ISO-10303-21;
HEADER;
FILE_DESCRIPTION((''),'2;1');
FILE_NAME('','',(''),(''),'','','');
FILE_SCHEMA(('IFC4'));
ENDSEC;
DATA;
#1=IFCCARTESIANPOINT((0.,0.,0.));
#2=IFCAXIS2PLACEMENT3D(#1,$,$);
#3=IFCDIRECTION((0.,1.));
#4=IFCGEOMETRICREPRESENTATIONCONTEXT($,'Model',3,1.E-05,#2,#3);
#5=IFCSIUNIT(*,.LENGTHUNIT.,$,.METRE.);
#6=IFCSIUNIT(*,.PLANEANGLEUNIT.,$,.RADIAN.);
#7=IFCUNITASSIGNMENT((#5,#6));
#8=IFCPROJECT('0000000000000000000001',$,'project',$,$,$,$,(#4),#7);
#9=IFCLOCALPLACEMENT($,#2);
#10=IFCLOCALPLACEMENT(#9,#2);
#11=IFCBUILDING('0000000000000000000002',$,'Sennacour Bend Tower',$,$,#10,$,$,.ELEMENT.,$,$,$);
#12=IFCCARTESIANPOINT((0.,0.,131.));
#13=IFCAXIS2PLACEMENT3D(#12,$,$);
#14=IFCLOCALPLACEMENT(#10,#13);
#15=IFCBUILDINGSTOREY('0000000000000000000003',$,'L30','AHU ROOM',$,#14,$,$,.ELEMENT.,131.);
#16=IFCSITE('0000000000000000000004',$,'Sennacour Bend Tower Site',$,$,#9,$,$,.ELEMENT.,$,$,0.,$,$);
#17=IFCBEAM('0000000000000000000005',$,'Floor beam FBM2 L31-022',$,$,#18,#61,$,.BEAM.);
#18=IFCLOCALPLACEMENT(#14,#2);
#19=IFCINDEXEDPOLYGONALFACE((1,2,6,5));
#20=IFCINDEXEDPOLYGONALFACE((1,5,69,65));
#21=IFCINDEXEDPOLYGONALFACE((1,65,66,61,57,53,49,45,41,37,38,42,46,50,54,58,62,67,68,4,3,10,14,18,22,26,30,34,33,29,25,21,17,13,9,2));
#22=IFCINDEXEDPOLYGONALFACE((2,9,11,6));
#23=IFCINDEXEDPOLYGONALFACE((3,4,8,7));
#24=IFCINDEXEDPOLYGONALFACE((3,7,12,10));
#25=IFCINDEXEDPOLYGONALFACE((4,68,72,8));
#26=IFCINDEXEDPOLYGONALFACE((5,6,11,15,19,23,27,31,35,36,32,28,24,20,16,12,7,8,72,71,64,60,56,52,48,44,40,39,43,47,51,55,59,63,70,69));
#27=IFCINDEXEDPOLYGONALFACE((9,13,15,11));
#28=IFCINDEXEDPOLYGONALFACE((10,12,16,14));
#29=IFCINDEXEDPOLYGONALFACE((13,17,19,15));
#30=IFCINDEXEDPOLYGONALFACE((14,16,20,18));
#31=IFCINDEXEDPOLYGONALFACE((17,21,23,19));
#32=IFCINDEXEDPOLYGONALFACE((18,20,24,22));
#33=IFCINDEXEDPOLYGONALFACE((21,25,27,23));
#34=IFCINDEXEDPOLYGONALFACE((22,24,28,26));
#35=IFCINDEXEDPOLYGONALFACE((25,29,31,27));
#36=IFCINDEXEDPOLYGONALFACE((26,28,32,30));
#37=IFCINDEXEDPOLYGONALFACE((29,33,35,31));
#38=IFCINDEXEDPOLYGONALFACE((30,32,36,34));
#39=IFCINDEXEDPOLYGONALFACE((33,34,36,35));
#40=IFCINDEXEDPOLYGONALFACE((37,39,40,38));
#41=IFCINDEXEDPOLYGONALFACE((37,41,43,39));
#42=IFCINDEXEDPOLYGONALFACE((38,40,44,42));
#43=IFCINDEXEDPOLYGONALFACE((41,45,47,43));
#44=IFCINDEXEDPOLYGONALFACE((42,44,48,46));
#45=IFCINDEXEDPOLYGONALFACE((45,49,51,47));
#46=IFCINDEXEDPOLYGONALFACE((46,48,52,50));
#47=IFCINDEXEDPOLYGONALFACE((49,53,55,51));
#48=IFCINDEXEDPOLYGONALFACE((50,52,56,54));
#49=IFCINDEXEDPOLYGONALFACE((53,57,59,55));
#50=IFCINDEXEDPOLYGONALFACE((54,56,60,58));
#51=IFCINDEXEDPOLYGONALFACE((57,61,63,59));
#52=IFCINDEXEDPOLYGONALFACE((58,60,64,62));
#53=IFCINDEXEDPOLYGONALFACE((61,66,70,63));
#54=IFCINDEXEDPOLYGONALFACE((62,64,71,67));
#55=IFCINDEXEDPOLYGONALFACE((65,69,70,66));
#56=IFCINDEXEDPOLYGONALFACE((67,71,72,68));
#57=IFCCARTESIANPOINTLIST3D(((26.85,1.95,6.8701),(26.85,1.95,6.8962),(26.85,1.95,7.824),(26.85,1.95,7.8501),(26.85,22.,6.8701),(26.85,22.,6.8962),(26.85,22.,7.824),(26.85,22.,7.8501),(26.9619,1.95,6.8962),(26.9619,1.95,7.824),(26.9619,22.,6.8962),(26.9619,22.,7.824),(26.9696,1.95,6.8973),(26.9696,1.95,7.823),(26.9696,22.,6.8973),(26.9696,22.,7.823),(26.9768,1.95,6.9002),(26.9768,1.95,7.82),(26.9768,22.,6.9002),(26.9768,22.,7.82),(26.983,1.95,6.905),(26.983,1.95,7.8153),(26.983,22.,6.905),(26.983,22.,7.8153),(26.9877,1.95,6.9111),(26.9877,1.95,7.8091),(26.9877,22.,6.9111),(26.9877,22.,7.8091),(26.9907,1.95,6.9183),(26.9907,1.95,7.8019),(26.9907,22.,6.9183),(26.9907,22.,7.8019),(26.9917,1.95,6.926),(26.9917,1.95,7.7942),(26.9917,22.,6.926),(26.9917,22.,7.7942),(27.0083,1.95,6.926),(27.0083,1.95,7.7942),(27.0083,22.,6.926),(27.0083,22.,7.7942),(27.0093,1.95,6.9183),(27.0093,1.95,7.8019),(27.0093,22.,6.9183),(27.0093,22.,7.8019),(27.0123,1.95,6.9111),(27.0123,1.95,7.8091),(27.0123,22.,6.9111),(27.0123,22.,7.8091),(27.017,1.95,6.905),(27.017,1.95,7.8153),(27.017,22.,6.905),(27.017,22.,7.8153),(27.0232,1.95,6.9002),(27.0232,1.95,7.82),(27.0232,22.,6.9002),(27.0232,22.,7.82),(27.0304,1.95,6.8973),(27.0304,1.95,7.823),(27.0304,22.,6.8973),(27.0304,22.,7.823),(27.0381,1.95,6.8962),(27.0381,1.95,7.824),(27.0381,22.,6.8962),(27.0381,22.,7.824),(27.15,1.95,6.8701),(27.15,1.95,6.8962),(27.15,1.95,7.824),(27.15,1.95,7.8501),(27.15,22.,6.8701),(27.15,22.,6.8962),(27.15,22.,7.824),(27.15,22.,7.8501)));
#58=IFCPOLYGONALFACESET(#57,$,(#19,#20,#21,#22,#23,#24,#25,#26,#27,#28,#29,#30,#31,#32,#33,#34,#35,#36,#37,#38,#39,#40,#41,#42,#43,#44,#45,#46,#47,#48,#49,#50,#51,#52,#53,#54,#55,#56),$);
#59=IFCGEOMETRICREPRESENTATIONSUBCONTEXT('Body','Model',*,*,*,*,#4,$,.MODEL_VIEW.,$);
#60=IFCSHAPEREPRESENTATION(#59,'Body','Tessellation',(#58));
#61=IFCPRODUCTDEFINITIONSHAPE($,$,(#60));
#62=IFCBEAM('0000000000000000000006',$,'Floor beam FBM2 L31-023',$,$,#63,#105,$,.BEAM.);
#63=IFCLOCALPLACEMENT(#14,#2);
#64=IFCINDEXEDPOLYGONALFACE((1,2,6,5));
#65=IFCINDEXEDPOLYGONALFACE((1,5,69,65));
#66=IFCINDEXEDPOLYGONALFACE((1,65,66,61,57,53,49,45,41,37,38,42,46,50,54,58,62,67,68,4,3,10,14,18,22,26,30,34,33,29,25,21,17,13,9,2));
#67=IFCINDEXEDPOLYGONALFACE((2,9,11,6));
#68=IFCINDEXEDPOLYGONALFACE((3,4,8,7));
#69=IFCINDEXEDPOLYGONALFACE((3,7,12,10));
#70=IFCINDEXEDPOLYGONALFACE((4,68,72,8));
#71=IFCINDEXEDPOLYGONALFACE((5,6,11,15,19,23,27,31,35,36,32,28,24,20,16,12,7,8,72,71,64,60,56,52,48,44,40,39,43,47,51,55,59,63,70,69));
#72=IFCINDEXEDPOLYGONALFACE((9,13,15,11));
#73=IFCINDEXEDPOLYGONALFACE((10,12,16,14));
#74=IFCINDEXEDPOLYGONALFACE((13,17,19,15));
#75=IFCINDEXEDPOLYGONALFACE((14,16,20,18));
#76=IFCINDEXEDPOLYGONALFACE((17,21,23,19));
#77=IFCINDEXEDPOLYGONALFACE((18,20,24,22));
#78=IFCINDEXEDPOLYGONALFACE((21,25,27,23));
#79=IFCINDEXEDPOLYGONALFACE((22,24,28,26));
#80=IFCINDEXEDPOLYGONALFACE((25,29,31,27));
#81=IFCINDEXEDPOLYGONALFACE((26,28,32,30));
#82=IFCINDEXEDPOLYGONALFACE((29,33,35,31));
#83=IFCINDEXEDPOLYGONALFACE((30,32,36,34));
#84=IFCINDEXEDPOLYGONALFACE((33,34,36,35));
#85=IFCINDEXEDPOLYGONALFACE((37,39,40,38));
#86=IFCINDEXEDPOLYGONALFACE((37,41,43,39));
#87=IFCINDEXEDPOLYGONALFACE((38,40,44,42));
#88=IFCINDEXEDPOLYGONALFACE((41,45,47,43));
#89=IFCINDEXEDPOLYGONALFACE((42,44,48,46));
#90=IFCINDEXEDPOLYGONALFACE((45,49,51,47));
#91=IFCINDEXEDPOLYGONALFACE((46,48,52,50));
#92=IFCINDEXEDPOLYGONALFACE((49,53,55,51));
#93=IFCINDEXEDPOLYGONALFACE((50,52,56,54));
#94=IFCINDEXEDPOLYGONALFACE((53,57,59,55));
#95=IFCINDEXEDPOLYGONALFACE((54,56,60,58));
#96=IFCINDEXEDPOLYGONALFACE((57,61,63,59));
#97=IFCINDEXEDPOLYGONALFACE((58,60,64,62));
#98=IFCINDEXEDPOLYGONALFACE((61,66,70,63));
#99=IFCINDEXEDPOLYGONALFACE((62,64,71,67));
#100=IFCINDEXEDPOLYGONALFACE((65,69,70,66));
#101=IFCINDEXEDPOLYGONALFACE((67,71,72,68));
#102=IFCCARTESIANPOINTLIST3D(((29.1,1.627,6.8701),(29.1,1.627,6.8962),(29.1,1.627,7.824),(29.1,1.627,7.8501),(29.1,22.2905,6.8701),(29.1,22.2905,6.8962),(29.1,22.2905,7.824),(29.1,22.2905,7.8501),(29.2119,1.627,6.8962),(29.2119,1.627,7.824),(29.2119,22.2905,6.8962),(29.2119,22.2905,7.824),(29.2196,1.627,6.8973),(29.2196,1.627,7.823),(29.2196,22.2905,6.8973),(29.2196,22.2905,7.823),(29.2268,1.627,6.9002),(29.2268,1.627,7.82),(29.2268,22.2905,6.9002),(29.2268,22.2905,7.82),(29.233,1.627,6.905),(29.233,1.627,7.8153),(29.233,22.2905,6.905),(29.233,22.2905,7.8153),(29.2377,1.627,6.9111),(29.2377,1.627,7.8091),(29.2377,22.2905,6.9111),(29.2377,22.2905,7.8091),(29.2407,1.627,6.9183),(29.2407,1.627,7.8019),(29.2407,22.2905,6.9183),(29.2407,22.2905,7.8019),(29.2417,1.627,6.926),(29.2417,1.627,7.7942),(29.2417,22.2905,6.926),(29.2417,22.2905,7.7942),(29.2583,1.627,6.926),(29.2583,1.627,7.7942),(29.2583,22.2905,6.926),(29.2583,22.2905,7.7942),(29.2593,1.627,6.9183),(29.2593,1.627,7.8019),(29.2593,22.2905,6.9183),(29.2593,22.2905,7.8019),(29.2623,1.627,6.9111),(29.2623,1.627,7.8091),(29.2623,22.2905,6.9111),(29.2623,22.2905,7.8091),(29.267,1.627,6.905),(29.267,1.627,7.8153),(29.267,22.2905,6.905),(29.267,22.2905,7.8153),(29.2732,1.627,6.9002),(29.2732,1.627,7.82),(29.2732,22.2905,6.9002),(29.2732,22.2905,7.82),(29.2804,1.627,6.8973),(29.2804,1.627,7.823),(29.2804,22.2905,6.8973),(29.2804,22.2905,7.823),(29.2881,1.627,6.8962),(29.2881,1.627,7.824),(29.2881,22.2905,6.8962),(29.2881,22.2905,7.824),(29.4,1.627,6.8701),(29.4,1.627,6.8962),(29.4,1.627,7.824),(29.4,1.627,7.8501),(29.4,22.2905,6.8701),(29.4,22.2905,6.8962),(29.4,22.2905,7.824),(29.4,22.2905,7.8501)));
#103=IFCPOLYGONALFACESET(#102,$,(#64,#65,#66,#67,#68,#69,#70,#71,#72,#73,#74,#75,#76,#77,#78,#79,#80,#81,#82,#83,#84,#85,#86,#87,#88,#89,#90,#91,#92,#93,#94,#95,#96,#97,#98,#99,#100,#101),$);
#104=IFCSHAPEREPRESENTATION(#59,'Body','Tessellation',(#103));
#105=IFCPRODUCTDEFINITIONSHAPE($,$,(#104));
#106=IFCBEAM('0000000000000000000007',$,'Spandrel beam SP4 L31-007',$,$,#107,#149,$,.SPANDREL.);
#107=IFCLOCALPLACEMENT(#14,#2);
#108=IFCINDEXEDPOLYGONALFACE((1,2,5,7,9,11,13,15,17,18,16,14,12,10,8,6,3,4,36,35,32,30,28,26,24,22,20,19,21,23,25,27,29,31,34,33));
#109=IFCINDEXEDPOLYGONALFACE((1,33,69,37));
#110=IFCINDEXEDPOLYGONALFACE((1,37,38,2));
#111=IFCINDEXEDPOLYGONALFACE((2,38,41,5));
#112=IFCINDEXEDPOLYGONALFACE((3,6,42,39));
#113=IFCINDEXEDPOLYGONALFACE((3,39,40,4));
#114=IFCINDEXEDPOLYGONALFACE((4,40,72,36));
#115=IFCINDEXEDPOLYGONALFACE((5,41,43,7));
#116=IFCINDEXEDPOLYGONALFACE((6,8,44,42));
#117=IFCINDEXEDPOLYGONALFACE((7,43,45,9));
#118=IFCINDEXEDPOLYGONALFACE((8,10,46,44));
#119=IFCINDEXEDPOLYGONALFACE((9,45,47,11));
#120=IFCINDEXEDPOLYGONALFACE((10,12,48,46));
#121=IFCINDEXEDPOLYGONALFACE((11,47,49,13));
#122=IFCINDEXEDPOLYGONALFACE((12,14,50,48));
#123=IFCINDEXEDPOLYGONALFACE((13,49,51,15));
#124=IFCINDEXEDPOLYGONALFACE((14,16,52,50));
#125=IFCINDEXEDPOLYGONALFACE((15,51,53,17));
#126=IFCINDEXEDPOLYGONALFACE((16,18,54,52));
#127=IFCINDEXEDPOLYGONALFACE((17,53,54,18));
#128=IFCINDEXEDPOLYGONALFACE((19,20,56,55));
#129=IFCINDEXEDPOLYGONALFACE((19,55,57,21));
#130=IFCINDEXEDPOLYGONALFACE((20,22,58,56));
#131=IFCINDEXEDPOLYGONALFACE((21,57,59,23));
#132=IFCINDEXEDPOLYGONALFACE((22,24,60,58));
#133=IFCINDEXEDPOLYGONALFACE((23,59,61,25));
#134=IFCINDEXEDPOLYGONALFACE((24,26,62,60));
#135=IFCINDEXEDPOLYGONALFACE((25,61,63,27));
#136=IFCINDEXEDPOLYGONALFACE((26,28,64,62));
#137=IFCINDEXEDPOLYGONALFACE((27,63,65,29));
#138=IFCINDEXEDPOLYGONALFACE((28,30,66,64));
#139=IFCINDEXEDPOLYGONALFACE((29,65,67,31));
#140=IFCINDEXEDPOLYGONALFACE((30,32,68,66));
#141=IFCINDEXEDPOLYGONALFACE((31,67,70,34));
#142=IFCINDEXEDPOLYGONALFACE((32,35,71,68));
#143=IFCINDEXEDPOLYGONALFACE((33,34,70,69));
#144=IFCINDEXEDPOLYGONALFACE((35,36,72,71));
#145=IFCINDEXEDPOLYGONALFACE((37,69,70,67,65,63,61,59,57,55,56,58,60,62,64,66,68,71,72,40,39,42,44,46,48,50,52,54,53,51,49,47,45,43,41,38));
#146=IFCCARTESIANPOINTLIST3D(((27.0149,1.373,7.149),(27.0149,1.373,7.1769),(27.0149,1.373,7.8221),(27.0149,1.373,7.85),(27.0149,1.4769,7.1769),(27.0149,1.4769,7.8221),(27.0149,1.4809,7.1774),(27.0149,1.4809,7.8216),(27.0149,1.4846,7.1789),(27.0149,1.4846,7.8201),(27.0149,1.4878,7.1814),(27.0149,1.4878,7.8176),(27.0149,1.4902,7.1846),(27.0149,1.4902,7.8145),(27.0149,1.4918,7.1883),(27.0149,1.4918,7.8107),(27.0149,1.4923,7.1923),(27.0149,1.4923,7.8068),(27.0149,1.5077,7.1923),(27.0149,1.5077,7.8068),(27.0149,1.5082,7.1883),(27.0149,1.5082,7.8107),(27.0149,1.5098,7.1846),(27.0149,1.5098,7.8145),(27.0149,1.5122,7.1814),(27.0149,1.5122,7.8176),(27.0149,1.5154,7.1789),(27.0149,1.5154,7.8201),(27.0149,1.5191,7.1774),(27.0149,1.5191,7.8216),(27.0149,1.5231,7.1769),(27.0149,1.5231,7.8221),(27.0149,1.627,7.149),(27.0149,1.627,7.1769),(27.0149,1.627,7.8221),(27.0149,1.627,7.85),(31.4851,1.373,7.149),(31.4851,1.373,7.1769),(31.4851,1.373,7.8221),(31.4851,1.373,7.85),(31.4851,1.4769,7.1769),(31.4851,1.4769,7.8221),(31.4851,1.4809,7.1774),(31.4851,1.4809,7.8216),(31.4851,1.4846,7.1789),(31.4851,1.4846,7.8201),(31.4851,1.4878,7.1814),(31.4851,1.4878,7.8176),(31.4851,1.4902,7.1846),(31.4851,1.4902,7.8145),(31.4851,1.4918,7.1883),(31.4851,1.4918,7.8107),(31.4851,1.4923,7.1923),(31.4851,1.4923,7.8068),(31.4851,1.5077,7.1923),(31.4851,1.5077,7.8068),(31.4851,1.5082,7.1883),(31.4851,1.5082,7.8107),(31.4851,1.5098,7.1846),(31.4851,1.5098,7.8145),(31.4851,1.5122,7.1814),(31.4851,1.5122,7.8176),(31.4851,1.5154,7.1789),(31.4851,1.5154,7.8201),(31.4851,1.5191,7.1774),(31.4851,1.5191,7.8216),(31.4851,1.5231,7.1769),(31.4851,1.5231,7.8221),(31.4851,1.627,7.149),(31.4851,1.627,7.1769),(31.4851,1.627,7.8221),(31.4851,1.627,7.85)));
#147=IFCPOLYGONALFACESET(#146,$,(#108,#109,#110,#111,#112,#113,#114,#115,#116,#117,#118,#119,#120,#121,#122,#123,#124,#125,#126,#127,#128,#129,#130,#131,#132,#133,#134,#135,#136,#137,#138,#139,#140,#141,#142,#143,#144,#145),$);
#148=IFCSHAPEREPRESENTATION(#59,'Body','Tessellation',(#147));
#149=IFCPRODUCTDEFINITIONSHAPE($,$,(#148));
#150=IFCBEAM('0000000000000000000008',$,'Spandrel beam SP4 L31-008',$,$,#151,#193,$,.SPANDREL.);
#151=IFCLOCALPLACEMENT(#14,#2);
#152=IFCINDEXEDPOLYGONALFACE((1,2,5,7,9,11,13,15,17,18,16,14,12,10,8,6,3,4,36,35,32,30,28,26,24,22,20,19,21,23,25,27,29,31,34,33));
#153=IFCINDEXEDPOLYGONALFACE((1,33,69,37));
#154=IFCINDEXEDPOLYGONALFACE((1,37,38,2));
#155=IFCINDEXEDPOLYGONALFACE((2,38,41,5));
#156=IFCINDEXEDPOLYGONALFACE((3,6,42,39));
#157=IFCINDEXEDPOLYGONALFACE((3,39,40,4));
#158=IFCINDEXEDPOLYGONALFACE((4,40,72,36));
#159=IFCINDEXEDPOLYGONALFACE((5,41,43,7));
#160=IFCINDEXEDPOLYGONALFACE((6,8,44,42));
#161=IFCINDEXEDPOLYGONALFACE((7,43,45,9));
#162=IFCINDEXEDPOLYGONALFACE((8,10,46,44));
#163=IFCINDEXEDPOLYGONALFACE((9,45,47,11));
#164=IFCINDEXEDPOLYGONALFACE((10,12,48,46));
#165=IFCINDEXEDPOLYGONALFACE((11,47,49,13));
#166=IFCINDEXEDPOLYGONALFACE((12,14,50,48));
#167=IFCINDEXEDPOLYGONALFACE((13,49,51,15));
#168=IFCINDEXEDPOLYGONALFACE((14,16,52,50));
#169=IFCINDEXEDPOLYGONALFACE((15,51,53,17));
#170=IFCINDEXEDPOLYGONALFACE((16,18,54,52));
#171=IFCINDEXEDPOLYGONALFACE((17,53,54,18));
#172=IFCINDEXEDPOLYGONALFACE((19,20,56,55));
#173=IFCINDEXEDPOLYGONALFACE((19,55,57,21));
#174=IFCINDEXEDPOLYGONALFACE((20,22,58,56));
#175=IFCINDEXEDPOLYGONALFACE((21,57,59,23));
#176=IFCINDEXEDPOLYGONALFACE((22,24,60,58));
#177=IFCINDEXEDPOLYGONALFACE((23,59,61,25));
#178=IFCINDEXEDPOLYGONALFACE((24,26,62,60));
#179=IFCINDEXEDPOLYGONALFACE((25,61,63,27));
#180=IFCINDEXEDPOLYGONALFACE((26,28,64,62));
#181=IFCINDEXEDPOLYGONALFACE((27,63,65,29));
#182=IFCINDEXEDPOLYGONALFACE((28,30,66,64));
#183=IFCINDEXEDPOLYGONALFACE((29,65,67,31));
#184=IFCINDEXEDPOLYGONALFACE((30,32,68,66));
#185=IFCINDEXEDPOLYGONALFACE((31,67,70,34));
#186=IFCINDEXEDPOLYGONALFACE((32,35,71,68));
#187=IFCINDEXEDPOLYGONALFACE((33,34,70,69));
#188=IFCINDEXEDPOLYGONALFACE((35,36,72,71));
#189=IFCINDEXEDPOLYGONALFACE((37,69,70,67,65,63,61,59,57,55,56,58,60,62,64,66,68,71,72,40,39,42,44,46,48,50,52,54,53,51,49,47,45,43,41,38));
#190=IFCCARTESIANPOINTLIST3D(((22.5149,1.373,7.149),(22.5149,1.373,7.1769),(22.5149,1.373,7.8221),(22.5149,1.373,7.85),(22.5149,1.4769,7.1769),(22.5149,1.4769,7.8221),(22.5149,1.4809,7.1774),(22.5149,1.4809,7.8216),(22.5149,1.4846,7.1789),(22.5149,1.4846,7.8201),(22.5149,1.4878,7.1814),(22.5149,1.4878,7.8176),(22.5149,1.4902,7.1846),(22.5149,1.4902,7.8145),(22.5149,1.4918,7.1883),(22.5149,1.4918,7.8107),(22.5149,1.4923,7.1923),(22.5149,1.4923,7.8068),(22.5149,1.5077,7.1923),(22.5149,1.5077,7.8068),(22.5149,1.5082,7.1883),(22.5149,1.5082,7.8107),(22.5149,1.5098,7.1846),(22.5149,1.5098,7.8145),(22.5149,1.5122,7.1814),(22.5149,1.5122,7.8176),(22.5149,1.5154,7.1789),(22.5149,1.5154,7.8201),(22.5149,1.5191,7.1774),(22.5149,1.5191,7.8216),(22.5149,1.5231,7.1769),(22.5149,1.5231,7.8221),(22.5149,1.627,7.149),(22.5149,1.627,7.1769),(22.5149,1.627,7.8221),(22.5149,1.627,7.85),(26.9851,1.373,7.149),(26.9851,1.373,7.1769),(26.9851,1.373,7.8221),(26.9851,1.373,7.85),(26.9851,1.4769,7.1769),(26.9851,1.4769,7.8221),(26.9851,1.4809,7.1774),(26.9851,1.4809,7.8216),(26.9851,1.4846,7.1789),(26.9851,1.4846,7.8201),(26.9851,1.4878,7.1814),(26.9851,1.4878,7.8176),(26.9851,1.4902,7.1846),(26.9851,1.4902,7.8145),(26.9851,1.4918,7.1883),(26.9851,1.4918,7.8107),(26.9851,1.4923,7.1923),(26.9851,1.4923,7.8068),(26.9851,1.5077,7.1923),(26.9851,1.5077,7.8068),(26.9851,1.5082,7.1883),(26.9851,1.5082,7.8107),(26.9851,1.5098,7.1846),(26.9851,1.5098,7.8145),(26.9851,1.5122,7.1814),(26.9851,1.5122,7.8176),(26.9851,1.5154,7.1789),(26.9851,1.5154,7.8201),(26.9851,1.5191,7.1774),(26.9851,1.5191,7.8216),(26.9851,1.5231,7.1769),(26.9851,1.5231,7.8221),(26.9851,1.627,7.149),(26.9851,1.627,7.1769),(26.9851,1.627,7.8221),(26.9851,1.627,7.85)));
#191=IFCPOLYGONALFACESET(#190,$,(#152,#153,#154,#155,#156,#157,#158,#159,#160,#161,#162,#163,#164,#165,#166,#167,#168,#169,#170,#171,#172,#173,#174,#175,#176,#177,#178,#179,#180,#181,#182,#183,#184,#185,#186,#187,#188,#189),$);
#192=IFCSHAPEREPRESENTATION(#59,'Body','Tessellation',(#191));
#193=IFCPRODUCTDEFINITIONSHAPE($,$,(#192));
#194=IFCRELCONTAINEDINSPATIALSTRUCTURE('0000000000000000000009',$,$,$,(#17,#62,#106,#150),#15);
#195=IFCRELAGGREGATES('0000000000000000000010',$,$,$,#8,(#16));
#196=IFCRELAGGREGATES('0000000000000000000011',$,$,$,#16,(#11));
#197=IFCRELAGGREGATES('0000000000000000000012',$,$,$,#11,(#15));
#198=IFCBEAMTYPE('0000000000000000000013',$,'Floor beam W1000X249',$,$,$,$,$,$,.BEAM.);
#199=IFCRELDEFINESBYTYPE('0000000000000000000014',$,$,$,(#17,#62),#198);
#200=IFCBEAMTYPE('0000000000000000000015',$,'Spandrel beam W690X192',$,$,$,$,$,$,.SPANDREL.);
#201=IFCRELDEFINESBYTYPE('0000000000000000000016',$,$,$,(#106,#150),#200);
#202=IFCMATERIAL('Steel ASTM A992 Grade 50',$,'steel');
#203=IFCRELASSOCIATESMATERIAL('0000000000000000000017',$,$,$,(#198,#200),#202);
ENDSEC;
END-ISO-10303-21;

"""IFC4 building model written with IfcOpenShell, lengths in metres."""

from ifc_helpers import new_model, si_unit, direction, frame, origin, origin_2d, place, context, subcontext, project, spatial, i_section, extrude, material, material_profile, profile_set, type_object, element, save


model = new_model("IFC4")

# Units and contexts
model_context = context("Model", 3, precision=1e-05, world=origin(), true_north=direction((0.0, 1.0)))
body_context = subcontext(model_context, "Body", "Model", "MODEL_VIEW")
ifc_project = project(units=[si_unit("LENGTHUNIT", "METRE"), si_unit("PLANEANGLEUNIT", "RADIAN")], contexts=[model_context])

# Site, building, storey
site_placement = place(None, origin())
site = spatial("IfcSite", under=ifc_project, at=site_placement, Name="Sennacour Bend Tower Site", CompositionType="ELEMENT", RefElevation=0.0)
building_placement = place(site_placement, origin())
building = spatial("IfcBuilding", under=site, at=building_placement, Name="Sennacour Bend Tower", CompositionType="ELEMENT")
storey_placement = place(building_placement, frame((0.0, 0.0, 131.0)))
storey = spatial("IfcBuildingStorey", under=building, at=storey_placement, Name="L30", Description="AHU ROOM", CompositionType="ELEMENT", Elevation=131.0)

# Shared definitions
ifc_material_1 = material(Name="Steel ASTM A992 Grade 50", Category="steel")

# Beams
ifc_material_profile_1 = material_profile(ifc_material_1, i_section(OverallWidth=0.3, OverallDepth=0.98, WebThickness=0.0166, FlangeThickness=0.0261, FilletRadius=0.0298, at=origin_2d()), Name="Steel ASTM A992 Grade 50", Category="steel")
ifc_profile_set_1 = profile_set([ifc_material_profile_1], Name="Steel ASTM A992 Grade 50")
beam_type_1 = type_object("IfcBeamType", Name="Floor beam W1000X249", PredefinedType="BEAM", material=ifc_profile_set_1)
beam_1_placement = place(storey_placement, frame((27.0, 1.95, 7.3601), z_axis=(0.0, 1.0, 0.0), x_axis=(-1.0, 0.0, 0.0)))
element("IfcBeam", 1, at=beam_1_placement, inside=storey, type_object=beam_type_1, Name="Floor beam FBM2 L31-022", PredefinedType="BEAM", context=body_context, shape_type="SweptSolid", body=[
    extrude(i_section(OverallWidth=0.3, OverallDepth=0.98, WebThickness=0.0166, FlangeThickness=0.0261, FilletRadius=0.0298, at=origin_2d()), origin(), (0.0, 0.0, 1.0), 20.05),
])
beam_2_placement = place(storey_placement, frame((29.25, 1.627, 7.3601), z_axis=(0.0, 1.0, 0.0), x_axis=(-1.0, 0.0, 0.0)))
element("IfcBeam", 2, at=beam_2_placement, inside=storey, type_object=beam_type_1, Name="Floor beam FBM2 L31-023", PredefinedType="BEAM", context=body_context, shape_type="SweptSolid", body=[
    extrude(i_section(OverallWidth=0.3, OverallDepth=0.98, WebThickness=0.0166, FlangeThickness=0.0261, FilletRadius=0.0298, at=origin_2d()), origin(), (0.0, 0.0, 1.0), 20.6636),
])
ifc_material_profile_2 = material_profile(ifc_material_1, i_section(OverallWidth=0.2539, OverallDepth=0.7009, WebThickness=0.0154, FlangeThickness=0.0278, FilletRadius=0.0154, at=origin_2d()), Name="Steel ASTM A992 Grade 50", Category="steel")
ifc_profile_set_2 = profile_set([ifc_material_profile_2], Name="Steel ASTM A992 Grade 50")
beam_type_2 = type_object("IfcBeamType", Name="Spandrel beam W690X192", PredefinedType="SPANDREL", material=ifc_profile_set_2)
for number, where, z_axis, x_axis, name in (
    (3, (31.4851, 1.5, 7.4995), (-1.0, 0.0, 0.0), (0.0, -1.0, 0.0), "Spandrel beam SP4 L31-007"),
    (4, (26.9851, 1.5, 7.4995), (-1.0, 0.0, 0.0), (0.0, -1.0, 0.0), "Spandrel beam SP4 L31-008"),
):
    element("IfcBeam", number, at=place(storey_placement, frame(where, z_axis=z_axis, x_axis=x_axis)), inside=storey, type_object=beam_type_2, Name=name, PredefinedType="SPANDREL", context=body_context, shape_type="SweptSolid", body=[
        extrude(i_section(OverallWidth=0.2539, OverallDepth=0.7009, WebThickness=0.0154, FlangeThickness=0.0278, FilletRadius=0.0154, at=origin_2d()), origin(), (0.0, 0.0, 1.0), 4.4702),
    ])

save(model, "model.ifc")
